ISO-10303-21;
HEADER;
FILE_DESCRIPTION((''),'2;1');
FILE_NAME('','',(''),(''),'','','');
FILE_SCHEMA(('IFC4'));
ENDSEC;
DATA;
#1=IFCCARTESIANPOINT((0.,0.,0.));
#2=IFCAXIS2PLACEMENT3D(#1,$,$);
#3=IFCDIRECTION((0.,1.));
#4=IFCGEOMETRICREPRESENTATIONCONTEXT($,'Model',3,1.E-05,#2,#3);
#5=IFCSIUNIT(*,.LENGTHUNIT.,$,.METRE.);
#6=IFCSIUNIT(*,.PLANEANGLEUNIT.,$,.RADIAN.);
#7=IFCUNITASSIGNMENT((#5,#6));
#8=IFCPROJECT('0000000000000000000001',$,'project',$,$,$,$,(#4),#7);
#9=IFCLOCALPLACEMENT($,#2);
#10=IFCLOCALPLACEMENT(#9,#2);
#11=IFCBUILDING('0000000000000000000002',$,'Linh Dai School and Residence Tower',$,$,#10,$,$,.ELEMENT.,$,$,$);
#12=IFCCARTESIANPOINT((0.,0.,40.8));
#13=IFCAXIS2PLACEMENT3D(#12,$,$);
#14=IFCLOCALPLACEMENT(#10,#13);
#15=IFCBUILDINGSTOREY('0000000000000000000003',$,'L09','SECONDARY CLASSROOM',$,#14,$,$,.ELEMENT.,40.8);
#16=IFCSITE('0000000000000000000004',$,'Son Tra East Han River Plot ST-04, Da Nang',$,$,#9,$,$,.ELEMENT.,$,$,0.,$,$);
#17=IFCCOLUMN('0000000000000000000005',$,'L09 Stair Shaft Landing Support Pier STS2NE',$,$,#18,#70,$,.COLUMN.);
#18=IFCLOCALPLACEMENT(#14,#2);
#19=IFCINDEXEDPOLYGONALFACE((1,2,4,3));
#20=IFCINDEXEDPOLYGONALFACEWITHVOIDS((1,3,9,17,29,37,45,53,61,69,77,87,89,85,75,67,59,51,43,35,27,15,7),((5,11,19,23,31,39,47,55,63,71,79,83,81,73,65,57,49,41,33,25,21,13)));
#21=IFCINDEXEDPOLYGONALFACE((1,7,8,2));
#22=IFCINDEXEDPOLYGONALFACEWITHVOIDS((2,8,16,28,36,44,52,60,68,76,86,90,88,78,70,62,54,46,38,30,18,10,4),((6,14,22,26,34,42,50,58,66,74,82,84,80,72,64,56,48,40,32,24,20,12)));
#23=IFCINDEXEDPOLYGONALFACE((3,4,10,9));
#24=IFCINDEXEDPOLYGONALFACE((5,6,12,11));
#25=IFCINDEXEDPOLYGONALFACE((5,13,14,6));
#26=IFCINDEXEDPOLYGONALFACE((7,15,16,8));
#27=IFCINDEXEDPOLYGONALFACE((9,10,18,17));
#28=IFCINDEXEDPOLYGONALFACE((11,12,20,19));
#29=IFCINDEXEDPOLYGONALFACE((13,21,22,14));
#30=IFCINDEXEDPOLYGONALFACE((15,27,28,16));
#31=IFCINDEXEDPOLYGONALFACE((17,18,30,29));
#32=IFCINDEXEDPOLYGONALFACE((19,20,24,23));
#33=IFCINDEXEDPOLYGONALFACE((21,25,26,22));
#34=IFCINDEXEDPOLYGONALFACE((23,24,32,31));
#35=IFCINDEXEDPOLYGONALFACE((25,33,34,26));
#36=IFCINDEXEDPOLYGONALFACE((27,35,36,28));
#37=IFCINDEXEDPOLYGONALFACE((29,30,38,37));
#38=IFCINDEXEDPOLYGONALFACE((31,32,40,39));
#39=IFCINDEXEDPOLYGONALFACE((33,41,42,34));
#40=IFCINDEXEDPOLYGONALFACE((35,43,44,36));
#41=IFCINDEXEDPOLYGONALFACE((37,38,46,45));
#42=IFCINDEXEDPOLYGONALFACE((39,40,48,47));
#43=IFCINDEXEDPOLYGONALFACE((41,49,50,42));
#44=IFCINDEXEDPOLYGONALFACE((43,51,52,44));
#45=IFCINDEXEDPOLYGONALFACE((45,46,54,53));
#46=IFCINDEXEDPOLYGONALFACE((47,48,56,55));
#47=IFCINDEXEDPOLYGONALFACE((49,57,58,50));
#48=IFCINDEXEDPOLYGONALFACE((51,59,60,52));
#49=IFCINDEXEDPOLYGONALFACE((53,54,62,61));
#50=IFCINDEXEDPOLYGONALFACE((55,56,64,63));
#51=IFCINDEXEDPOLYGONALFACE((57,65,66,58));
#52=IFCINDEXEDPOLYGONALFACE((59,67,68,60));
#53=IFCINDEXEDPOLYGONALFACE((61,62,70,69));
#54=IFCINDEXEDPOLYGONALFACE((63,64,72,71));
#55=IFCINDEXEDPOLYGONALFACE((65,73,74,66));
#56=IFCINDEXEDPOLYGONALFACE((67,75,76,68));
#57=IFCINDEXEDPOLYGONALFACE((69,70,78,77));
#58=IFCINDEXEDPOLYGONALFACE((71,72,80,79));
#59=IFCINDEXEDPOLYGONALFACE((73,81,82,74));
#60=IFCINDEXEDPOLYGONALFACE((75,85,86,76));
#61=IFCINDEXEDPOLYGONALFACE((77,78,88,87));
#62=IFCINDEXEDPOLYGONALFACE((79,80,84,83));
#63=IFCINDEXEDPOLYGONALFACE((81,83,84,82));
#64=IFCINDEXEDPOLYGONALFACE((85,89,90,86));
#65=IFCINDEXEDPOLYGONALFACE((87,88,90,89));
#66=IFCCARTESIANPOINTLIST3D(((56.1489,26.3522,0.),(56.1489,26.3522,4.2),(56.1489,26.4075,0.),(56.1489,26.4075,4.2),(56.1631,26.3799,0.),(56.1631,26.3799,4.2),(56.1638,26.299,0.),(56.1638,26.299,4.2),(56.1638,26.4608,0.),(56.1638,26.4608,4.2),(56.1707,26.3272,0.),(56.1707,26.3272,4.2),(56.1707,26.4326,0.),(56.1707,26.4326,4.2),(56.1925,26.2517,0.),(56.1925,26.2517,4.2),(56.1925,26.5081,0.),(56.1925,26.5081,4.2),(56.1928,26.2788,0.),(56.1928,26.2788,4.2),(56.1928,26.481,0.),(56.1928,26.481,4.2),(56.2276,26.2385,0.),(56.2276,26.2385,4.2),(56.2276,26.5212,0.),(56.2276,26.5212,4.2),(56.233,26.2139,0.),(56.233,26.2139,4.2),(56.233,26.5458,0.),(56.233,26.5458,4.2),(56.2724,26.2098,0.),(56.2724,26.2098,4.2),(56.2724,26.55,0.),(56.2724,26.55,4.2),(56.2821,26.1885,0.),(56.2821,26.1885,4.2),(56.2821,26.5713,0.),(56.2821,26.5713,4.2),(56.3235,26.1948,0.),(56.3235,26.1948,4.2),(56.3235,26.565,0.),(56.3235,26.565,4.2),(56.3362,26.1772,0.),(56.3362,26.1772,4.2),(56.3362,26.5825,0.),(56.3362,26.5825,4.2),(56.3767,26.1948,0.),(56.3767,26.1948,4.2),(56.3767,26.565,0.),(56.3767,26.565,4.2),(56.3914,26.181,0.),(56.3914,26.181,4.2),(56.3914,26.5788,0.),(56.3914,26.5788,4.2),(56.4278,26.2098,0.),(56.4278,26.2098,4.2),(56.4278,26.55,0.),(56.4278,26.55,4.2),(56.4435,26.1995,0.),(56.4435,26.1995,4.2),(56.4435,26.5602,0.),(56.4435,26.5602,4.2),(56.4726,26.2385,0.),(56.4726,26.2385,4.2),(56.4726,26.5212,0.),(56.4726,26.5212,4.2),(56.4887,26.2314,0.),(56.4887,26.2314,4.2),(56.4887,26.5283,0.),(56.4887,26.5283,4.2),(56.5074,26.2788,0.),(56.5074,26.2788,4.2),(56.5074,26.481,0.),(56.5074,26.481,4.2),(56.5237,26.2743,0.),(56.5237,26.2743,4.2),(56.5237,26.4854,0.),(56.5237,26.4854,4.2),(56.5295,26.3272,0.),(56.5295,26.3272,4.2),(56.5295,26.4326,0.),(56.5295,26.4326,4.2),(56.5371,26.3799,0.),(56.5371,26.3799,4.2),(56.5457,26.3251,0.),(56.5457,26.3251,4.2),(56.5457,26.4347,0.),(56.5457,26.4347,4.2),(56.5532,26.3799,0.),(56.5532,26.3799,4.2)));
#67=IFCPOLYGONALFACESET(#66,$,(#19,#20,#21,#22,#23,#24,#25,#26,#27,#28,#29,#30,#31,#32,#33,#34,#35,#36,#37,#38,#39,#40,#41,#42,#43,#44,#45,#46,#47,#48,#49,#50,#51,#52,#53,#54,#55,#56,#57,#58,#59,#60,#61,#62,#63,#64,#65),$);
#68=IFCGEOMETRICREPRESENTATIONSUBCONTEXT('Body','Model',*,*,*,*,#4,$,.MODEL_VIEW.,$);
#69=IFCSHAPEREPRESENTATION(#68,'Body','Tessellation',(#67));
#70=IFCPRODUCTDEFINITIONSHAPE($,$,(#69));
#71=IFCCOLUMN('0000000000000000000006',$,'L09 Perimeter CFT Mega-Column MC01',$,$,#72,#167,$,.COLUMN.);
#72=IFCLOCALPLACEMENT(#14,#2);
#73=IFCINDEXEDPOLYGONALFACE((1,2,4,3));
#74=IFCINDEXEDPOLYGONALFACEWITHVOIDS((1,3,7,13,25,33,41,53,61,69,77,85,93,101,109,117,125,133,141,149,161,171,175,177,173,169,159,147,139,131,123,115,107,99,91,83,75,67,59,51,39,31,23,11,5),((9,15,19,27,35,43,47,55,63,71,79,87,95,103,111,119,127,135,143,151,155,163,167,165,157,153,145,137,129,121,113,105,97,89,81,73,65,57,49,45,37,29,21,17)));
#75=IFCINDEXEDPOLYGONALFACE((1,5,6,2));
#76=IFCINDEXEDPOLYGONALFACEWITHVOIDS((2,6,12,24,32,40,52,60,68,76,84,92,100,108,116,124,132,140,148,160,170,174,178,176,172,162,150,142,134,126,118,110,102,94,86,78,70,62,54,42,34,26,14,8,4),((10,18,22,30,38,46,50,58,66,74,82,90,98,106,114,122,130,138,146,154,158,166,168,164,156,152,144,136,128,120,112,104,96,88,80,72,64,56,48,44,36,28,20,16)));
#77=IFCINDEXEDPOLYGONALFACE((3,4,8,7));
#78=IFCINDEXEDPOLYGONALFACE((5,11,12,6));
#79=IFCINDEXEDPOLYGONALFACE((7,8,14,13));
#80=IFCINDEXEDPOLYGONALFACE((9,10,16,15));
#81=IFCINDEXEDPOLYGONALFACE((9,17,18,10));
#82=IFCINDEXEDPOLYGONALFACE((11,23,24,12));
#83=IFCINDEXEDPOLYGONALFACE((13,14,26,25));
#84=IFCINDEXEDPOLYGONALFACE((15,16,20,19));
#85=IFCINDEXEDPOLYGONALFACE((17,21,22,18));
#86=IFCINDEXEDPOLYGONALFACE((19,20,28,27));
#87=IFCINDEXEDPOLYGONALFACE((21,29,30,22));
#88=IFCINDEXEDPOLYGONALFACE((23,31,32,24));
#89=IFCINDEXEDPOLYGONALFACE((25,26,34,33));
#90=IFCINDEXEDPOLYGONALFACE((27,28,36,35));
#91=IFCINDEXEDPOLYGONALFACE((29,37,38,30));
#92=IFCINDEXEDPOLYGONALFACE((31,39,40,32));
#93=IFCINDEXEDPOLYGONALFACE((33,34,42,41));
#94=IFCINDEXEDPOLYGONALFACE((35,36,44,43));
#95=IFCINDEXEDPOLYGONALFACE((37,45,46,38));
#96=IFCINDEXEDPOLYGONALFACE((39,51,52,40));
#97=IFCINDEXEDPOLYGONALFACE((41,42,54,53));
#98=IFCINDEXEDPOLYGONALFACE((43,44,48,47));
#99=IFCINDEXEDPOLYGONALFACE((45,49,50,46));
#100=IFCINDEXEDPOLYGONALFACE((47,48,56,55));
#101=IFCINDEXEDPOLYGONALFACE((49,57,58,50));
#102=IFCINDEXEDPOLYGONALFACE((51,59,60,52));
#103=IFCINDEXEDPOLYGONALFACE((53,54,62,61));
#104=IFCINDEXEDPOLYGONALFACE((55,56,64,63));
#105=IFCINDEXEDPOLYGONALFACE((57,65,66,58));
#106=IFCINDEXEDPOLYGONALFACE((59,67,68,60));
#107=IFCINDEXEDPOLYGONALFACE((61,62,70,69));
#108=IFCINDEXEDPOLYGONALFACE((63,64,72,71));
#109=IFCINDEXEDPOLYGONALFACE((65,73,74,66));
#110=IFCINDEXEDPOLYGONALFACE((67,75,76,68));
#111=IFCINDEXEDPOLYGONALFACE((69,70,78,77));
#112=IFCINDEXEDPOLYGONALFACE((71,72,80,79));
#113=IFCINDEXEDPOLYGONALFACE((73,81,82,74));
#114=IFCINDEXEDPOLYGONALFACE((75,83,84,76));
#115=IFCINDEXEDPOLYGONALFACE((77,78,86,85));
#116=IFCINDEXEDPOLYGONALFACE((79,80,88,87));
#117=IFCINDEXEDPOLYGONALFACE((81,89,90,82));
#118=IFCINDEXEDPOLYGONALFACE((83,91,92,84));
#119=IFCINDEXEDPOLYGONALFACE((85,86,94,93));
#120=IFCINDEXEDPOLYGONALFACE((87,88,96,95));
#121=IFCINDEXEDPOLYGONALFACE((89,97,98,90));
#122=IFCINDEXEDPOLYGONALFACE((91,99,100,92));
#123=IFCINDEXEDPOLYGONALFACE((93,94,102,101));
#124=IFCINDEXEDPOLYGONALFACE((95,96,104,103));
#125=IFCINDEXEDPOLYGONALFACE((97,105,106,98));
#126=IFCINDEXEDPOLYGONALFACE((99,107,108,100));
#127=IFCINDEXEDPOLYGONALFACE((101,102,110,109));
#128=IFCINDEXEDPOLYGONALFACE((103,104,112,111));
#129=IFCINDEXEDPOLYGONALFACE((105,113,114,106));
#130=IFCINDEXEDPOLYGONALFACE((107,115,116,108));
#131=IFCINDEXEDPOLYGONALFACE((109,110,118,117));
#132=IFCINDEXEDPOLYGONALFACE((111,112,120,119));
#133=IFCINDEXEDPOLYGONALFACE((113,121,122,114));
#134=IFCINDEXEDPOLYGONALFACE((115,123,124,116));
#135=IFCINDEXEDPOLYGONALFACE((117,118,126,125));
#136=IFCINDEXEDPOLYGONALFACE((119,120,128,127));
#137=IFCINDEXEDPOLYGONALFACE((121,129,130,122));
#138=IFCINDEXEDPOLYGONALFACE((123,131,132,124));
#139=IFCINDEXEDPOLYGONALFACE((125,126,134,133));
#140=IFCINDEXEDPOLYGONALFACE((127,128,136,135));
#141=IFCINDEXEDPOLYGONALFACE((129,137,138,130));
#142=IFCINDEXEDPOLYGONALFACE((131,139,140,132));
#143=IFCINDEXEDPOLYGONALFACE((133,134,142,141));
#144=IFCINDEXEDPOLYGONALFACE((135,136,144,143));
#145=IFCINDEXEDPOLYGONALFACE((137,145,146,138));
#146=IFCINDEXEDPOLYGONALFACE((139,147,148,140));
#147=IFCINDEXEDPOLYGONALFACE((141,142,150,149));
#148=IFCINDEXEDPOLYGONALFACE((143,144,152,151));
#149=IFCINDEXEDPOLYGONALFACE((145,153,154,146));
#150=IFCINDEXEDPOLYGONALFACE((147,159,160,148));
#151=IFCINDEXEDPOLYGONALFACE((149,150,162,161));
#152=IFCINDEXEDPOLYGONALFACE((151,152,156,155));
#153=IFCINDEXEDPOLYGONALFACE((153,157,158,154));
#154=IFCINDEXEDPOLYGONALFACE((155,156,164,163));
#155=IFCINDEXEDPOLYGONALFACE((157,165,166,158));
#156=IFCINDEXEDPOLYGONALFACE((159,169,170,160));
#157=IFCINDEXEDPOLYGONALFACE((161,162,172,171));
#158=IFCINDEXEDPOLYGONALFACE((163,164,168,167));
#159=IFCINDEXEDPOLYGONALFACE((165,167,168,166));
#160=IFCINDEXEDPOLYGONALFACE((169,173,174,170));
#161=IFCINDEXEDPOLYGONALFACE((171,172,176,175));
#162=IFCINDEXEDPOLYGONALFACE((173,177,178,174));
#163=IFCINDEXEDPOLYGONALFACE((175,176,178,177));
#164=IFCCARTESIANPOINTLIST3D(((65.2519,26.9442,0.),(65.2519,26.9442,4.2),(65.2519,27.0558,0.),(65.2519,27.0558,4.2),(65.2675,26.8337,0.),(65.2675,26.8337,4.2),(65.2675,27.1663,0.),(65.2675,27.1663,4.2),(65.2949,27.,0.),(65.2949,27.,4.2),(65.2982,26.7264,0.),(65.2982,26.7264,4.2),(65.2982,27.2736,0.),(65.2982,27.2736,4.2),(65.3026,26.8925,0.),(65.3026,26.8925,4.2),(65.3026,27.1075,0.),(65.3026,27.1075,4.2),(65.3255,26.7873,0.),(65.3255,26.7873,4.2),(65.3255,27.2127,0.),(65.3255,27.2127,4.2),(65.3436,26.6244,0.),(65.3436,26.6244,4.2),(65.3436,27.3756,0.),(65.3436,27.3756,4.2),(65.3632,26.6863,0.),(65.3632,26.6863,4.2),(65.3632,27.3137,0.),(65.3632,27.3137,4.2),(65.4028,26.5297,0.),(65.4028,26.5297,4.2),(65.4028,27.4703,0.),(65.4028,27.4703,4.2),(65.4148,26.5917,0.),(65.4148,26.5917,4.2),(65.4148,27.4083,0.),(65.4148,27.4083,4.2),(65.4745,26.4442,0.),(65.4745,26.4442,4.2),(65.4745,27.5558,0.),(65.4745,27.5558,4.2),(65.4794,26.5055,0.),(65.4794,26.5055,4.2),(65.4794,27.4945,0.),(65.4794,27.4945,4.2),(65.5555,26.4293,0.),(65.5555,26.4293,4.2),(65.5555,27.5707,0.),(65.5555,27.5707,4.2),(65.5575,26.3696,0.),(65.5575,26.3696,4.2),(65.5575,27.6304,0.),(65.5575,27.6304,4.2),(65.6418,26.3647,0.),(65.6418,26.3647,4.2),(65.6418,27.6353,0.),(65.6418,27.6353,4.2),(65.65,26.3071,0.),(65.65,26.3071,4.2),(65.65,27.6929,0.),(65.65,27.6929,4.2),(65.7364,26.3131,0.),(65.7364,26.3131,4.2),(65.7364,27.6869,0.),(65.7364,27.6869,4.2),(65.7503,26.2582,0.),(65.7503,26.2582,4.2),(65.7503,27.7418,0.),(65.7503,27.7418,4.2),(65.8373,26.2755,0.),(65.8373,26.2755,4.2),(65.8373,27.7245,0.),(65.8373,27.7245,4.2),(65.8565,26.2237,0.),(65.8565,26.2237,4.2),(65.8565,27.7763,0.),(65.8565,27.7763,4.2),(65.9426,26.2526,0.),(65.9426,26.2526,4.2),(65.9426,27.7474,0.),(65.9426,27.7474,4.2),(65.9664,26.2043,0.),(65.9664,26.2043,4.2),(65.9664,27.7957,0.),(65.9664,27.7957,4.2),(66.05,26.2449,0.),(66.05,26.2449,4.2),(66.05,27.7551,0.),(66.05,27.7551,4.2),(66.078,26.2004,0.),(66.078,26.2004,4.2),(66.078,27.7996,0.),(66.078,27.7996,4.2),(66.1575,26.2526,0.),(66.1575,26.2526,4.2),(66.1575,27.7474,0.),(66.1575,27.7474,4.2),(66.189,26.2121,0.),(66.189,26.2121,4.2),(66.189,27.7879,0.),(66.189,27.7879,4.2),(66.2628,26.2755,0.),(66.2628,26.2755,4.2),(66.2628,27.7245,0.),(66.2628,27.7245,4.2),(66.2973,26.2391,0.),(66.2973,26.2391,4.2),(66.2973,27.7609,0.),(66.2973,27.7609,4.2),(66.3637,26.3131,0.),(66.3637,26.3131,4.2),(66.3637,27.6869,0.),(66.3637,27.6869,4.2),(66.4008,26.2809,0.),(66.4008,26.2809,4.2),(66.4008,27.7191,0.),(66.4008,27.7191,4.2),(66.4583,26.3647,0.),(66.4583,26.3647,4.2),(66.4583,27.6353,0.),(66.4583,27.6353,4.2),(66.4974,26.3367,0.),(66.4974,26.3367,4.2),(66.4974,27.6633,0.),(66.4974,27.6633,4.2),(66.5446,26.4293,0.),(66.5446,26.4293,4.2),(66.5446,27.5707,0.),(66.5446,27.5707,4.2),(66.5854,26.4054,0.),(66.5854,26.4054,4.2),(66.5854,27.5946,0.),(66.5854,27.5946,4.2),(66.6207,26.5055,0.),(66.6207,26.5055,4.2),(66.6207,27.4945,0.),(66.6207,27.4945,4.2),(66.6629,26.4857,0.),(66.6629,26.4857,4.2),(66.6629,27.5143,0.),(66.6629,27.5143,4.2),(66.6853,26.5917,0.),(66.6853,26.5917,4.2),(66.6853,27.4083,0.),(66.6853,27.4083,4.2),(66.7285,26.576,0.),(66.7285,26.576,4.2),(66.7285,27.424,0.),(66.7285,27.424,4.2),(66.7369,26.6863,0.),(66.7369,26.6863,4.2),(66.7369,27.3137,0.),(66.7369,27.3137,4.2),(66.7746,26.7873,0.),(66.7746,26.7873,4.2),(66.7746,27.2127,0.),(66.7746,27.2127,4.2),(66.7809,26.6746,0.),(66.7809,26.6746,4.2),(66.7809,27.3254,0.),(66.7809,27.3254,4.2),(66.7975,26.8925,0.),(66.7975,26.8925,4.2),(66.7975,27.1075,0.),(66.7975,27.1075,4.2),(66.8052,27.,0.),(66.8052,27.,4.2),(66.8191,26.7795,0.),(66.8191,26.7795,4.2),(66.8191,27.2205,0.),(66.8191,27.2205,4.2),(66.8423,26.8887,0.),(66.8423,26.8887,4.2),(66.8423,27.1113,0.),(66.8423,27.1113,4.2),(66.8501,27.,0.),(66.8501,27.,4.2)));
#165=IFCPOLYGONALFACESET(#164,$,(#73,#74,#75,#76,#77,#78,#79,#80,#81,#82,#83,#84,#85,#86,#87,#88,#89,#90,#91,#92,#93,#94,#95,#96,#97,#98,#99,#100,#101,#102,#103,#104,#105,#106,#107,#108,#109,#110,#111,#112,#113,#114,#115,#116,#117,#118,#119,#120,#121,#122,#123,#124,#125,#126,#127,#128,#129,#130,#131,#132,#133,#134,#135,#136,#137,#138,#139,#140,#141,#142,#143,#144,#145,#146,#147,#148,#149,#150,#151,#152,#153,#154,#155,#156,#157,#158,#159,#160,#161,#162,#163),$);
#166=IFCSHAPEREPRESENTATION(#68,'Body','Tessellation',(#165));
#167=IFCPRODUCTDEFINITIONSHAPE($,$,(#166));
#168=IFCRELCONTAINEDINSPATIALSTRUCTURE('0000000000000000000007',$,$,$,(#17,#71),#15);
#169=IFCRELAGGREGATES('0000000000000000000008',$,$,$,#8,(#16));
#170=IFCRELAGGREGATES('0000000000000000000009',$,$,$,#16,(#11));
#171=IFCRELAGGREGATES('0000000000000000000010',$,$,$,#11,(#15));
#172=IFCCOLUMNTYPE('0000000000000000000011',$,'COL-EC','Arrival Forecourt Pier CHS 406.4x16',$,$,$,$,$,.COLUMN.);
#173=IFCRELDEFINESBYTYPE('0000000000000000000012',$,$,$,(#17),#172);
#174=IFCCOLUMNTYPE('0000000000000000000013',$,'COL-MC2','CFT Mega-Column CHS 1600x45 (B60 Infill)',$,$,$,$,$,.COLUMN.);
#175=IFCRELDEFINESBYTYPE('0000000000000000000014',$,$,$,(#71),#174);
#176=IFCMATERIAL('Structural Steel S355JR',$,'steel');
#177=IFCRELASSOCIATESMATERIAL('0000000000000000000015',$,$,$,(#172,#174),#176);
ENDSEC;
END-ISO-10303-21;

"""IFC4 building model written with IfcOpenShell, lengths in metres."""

from ifc_helpers import new_model, si_unit, direction, frame, origin, origin_2d, place, context, subcontext, project, spatial, hollow_circle, extrude, material, material_profile, profile_set, type_object, element, save


model = new_model("IFC4")

# Units and contexts
model_context = context("Model", 3, precision=1e-05, world=origin(), true_north=direction((0.0, 1.0)))
body_context = subcontext(model_context, "Body", "Model", "MODEL_VIEW")
ifc_project = project(units=[si_unit("LENGTHUNIT", "METRE"), si_unit("PLANEANGLEUNIT", "RADIAN")], contexts=[model_context])

# Site, building, storey
site_placement = place(None, origin())
site = spatial("IfcSite", under=ifc_project, at=site_placement, Name="Son Tra East Han River Plot ST-04, Da Nang", CompositionType="ELEMENT", RefElevation=0.0)
building_placement = place(site_placement, origin())
building = spatial("IfcBuilding", under=site, at=building_placement, Name="Linh Dai School and Residence Tower", CompositionType="ELEMENT")
storey_placement = place(building_placement, frame((0.0, 0.0, 40.8)))
storey = spatial("IfcBuildingStorey", under=building, at=storey_placement, Name="L09", Description="SECONDARY CLASSROOM", CompositionType="ELEMENT", Elevation=40.8)

# Columns
ifc_material_1 = material(Name="Structural Steel S355JR", Category="steel")
ifc_material_profile_1 = material_profile(ifc_material_1, hollow_circle(Radius=0.2031, WallThickness=0.0161, at=origin_2d()), Name="CHS 406.4x16")
ifc_profile_set_1 = profile_set([ifc_material_profile_1], Name="Structural Steel S355JR")
column_type_1 = type_object("IfcColumnType", Name="COL-EC", Description="Arrival Forecourt Pier CHS 406.4x16", PredefinedType="COLUMN", material=ifc_profile_set_1)
column_1_placement = place(storey_placement, frame((56.3501, 26.3799, 0.0), z_axis=(0.0, 0.0, 1.0), x_axis=(1.0, 0.0, 0.0)))
element("IfcColumn", 1, at=column_1_placement, inside=storey, type_object=column_type_1, Name="L09 Stair Shaft Landing Support Pier STS2NE", PredefinedType="COLUMN", context=body_context, shape_type="SweptSolid", body=[
    extrude(hollow_circle(Radius=0.2031, WallThickness=0.0161, at=origin_2d()), origin(), (0.0, 0.0, 1.0), 4.2),
])
ifc_material_profile_2 = material_profile(ifc_material_1, hollow_circle(Radius=0.8, WallThickness=0.0449, at=origin_2d()), Name="CHS 1600x45")
ifc_profile_set_2 = profile_set([ifc_material_profile_2], Name="Structural Steel S355JR")
column_type_2 = type_object("IfcColumnType", Name="COL-MC2", Description="CFT Mega-Column CHS 1600x45 (B60 Infill)", PredefinedType="COLUMN", material=ifc_profile_set_2)
column_2_placement = place(storey_placement, frame((66.05, 27.0, 0.0), z_axis=(0.0, 0.0, 1.0), x_axis=(1.0, 0.0, 0.0)))
element("IfcColumn", 2, at=column_2_placement, inside=storey, type_object=column_type_2, Name="L09 Perimeter CFT Mega-Column MC01", PredefinedType="COLUMN", context=body_context, shape_type="SweptSolid", body=[
    extrude(hollow_circle(Radius=0.8, WallThickness=0.0449, at=origin_2d()), origin(), (0.0, 0.0, 1.0), 4.2),
])

save(model, "model.ifc")
